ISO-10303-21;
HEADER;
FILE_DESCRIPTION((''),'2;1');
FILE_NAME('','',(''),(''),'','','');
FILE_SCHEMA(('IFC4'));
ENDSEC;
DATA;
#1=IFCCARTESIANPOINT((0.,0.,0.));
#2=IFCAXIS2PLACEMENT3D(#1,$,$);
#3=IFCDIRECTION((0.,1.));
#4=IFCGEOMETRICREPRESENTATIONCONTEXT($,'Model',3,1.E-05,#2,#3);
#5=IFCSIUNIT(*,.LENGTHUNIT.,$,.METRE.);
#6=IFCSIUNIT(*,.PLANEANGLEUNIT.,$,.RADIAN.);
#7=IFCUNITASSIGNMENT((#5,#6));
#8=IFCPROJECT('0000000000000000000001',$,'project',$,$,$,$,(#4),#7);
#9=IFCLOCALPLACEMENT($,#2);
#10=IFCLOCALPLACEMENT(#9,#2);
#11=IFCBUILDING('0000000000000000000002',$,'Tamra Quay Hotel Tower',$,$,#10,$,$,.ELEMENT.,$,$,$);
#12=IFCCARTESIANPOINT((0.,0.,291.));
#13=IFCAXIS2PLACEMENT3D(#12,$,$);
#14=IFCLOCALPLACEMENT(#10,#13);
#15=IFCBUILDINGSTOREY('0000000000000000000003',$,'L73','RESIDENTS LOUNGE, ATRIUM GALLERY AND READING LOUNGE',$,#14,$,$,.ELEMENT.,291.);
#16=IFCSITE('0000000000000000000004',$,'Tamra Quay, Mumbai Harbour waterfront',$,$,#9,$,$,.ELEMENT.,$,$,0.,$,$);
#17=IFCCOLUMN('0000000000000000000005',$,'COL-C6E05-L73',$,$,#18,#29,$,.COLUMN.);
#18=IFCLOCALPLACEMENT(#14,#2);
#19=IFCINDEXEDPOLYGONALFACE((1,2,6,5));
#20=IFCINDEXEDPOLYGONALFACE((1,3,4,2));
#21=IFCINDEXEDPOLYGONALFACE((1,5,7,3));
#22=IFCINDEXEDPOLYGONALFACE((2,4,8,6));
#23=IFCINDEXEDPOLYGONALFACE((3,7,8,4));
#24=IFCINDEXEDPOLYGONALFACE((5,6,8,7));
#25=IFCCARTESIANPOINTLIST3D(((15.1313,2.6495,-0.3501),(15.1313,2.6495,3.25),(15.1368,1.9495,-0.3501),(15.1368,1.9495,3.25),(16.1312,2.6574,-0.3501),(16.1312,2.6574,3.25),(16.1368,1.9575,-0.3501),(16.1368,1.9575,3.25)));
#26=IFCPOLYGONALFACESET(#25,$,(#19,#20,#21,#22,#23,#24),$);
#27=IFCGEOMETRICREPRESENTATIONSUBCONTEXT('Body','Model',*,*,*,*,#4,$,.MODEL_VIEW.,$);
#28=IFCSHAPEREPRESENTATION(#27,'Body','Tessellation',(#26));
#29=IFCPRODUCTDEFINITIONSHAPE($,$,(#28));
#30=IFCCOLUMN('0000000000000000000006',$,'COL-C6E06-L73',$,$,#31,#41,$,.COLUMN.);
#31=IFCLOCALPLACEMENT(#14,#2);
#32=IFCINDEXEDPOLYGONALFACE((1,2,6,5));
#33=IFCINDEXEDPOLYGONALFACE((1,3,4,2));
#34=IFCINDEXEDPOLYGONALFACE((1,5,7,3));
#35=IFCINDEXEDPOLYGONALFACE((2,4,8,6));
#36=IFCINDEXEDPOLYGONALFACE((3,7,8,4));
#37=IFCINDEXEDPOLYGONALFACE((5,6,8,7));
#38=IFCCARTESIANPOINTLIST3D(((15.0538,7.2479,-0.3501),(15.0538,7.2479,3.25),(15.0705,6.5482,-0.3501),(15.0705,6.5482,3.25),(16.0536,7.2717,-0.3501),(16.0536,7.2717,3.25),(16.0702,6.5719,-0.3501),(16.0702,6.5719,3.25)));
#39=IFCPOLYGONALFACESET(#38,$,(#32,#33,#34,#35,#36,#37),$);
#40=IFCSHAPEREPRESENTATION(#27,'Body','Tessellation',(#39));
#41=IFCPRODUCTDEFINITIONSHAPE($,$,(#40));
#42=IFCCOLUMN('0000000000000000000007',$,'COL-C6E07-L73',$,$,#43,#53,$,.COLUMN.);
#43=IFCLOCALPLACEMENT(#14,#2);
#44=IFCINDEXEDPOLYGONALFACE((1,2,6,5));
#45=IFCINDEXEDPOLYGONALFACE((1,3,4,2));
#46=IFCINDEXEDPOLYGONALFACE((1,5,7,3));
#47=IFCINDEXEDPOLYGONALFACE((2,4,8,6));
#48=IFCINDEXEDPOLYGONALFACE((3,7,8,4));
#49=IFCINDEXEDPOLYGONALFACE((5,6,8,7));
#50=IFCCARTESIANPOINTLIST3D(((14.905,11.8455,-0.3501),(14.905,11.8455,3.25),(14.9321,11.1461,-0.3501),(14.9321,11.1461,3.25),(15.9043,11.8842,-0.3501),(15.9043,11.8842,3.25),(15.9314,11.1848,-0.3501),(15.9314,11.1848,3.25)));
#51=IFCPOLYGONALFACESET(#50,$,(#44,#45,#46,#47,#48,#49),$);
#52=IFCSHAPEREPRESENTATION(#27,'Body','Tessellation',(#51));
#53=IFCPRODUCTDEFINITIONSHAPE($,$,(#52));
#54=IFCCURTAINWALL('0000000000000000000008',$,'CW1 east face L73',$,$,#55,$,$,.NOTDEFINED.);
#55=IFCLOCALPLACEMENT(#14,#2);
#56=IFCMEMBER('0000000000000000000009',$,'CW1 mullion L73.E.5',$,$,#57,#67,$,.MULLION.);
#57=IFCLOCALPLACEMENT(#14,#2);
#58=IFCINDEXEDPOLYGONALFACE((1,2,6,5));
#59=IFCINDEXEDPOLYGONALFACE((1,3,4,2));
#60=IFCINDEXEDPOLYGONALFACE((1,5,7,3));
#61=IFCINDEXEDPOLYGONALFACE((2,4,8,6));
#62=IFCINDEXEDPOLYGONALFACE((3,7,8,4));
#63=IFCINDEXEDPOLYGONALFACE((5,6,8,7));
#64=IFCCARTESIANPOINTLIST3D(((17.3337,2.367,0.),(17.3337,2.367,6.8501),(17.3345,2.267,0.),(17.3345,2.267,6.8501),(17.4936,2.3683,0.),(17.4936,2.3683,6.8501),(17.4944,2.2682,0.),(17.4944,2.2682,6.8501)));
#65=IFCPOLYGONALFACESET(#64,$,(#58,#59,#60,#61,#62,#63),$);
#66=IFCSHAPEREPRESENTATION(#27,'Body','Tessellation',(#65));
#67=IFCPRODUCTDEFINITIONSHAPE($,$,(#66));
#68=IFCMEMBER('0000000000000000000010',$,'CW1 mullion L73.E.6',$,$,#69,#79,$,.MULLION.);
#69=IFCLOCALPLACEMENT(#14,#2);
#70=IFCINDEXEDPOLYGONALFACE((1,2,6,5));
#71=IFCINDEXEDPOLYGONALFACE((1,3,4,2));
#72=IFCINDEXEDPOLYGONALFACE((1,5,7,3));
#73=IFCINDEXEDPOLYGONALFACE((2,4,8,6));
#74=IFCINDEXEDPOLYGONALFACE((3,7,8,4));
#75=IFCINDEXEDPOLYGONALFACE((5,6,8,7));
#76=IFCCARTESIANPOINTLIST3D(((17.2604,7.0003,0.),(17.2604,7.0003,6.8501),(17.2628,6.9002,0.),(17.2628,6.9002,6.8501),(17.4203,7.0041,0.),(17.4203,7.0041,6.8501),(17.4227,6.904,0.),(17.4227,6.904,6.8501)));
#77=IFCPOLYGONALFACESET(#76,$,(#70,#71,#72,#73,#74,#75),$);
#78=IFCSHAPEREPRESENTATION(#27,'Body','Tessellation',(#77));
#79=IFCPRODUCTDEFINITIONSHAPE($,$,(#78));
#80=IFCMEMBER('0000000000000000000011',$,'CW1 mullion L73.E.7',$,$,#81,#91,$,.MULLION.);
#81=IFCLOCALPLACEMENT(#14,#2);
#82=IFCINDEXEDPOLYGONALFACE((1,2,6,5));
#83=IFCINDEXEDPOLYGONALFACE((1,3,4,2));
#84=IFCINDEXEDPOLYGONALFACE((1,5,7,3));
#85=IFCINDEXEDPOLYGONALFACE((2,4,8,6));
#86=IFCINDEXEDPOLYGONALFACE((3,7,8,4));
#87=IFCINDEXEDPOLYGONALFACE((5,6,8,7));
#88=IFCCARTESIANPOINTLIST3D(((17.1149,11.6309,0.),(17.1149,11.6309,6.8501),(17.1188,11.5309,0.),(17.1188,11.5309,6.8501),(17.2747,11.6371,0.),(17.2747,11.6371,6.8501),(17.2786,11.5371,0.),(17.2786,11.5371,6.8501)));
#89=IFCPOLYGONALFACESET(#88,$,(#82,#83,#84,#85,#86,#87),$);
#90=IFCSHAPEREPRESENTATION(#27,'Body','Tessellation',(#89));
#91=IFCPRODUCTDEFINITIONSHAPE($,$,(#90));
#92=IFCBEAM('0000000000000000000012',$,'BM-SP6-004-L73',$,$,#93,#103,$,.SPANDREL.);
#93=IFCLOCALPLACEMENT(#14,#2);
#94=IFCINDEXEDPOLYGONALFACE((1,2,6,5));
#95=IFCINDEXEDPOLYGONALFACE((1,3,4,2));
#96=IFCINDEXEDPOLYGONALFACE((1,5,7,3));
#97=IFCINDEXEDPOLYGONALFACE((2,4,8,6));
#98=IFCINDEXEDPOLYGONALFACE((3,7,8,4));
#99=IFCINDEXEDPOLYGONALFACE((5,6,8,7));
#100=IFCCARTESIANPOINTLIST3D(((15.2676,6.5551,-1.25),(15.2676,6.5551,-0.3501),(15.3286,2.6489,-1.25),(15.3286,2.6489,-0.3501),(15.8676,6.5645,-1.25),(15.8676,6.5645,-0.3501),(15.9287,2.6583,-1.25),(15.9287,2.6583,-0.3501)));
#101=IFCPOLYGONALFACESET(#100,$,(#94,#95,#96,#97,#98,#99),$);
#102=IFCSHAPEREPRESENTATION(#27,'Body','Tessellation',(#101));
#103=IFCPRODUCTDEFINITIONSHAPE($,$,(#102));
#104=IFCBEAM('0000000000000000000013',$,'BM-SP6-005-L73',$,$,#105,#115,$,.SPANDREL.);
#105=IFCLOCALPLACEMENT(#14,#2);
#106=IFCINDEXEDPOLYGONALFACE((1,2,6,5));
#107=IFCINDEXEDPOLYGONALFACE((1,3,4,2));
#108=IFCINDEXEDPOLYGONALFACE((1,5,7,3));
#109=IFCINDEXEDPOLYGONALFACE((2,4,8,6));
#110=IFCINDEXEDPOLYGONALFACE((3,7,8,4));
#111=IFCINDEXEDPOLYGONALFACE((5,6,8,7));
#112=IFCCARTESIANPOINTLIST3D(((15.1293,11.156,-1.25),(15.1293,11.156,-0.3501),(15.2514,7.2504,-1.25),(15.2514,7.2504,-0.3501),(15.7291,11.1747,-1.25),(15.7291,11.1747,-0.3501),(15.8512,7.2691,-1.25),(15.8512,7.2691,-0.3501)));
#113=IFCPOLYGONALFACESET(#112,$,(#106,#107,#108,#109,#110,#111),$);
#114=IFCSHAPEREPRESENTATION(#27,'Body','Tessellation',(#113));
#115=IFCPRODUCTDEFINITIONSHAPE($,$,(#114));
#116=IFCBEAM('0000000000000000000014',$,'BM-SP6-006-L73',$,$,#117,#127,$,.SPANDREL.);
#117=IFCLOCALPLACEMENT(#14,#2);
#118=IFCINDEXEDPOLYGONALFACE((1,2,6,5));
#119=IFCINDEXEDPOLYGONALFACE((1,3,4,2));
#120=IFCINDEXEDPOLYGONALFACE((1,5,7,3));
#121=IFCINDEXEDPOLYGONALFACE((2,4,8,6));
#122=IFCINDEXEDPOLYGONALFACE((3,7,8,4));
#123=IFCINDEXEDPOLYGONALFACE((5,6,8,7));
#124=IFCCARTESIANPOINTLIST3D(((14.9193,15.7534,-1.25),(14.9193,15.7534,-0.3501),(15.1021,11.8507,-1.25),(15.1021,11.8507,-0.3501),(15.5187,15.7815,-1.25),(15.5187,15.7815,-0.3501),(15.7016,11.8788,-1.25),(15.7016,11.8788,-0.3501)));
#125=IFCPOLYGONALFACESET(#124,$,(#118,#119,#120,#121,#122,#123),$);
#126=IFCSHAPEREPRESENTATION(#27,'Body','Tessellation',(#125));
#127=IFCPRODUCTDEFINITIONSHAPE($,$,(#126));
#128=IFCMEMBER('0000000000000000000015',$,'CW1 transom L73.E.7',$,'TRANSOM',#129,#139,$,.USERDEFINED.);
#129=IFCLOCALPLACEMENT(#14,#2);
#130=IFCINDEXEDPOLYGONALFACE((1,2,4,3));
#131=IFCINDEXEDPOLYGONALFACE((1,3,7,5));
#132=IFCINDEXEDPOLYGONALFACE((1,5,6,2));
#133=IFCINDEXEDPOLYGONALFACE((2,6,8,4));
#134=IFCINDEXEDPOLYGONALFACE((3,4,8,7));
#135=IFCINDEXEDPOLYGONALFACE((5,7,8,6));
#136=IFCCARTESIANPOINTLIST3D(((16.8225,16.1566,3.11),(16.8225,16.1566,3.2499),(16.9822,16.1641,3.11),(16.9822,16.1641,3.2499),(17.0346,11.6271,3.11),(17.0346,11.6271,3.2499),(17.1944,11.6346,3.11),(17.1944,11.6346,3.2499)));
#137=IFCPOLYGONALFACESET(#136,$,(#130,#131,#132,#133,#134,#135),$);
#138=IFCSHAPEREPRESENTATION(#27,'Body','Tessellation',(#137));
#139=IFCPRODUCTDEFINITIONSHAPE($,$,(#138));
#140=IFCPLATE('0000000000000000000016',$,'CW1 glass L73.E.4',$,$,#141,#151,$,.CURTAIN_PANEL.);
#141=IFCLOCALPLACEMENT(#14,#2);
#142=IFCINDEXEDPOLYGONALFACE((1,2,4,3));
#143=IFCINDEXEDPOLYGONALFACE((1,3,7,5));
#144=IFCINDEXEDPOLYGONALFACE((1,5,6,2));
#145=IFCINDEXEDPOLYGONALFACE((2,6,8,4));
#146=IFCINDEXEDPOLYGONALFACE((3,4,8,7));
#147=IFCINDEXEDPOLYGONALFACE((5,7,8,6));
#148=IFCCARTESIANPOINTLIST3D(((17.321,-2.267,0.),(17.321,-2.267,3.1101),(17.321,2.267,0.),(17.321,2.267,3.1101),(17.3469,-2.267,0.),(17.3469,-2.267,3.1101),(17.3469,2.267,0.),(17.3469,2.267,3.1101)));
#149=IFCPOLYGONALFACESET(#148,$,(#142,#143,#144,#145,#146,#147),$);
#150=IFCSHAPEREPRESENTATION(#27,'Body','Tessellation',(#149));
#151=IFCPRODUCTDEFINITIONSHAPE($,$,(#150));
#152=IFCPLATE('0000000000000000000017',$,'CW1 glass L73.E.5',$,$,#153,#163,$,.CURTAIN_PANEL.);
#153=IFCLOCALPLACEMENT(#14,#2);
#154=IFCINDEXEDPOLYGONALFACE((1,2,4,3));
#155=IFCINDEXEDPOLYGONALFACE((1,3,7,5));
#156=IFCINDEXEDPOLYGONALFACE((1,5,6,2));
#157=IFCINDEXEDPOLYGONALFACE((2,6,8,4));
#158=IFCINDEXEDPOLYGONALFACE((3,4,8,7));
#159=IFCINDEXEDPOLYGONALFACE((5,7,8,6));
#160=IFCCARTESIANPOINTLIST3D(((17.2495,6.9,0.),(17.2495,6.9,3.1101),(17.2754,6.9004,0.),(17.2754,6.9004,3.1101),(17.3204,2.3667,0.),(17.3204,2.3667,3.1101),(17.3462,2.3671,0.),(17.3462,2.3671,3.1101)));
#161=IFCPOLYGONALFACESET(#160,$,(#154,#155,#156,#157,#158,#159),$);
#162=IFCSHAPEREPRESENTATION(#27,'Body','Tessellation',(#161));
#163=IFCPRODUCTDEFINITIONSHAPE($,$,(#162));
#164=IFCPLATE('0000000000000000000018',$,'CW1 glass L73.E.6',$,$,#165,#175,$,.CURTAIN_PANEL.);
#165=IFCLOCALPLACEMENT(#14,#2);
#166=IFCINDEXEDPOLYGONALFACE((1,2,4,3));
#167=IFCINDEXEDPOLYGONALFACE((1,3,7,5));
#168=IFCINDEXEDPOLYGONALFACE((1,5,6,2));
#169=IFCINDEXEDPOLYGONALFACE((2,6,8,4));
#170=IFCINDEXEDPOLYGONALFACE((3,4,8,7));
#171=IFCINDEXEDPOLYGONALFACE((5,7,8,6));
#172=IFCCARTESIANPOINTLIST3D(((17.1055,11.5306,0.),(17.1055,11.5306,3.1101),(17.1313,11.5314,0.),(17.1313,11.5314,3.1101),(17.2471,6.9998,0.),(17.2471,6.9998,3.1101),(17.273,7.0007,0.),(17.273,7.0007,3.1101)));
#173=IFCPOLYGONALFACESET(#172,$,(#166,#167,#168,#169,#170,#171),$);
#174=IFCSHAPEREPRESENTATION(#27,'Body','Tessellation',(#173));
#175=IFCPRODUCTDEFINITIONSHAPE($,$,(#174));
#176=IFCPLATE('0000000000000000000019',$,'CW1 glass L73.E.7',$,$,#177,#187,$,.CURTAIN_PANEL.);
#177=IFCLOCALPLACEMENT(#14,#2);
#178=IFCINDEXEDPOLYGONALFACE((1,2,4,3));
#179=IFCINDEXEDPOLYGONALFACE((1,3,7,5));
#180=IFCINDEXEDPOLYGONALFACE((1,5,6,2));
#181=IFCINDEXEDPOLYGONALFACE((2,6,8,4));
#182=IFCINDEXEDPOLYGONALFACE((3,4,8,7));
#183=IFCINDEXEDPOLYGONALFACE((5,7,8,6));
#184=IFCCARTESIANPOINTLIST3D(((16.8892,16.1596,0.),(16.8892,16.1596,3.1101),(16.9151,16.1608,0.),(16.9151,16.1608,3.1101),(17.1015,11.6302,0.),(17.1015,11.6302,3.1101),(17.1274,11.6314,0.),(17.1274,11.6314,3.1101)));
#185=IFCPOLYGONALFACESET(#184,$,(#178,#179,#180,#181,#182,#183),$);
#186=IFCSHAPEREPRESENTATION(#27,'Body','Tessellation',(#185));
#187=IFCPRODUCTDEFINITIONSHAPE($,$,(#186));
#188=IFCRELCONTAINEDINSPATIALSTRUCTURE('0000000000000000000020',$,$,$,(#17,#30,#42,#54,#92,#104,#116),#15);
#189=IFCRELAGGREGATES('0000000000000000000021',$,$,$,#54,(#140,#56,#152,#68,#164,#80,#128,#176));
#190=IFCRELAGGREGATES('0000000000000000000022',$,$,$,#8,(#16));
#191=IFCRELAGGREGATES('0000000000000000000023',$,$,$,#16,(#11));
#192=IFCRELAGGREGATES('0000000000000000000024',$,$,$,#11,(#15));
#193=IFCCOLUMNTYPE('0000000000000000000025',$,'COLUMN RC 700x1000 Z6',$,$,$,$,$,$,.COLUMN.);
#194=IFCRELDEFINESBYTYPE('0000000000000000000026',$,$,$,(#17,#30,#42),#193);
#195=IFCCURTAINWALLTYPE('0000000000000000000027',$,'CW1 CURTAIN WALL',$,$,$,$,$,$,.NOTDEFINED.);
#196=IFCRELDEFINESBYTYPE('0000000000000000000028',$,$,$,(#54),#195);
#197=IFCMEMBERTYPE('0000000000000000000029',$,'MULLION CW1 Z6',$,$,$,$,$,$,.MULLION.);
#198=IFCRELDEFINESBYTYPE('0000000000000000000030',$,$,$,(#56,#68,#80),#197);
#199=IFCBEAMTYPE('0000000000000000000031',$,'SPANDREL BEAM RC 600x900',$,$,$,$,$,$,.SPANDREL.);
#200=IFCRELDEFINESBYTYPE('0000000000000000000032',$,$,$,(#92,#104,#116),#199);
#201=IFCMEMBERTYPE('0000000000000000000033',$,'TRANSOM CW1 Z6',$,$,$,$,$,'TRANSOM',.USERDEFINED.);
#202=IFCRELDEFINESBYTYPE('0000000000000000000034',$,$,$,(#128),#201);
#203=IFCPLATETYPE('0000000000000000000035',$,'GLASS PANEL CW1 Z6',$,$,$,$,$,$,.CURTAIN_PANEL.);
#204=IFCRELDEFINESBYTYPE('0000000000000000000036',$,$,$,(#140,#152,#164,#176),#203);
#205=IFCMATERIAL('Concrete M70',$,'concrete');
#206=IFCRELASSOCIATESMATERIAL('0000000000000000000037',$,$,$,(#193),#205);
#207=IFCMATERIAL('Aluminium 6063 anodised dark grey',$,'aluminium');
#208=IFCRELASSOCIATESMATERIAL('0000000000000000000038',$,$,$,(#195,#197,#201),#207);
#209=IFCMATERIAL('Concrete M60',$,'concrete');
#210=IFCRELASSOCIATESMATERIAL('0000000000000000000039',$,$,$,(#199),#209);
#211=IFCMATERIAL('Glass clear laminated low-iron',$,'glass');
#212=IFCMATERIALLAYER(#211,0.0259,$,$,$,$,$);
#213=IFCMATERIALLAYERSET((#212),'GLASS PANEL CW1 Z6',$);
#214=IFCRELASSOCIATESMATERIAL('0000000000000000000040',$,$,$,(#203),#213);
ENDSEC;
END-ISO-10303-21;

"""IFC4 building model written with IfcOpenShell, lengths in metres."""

from ifc_helpers import new_model, si_unit, direction, frame, origin, origin_2d, place, context, subcontext, project, spatial, rectangle, extrude, material, layer, layer_set, material_profile, profile_set, type_object, element, aggregate, save


model = new_model("IFC4")

# Units and contexts
model_context = context("Model", 3, precision=1e-05, world=origin(), true_north=direction((0.0, 1.0)))
body_context = subcontext(model_context, "Body", "Model", "MODEL_VIEW")
ifc_project = project(units=[si_unit("LENGTHUNIT", "METRE"), si_unit("PLANEANGLEUNIT", "RADIAN")], contexts=[model_context])

# Site, building, storey
site_placement = place(None, origin())
site = spatial("IfcSite", under=ifc_project, at=site_placement, Name="Tamra Quay, Mumbai Harbour waterfront", CompositionType="ELEMENT", RefElevation=0.0)
building_placement = place(site_placement, origin())
building = spatial("IfcBuilding", under=site, at=building_placement, Name="Tamra Quay Hotel Tower", CompositionType="ELEMENT")
storey_placement = place(building_placement, frame((0.0, 0.0, 291.0)))
storey = spatial("IfcBuildingStorey", under=building, at=storey_placement, Name="L73", Description="RESIDENTS LOUNGE, ATRIUM GALLERY AND READING LOUNGE", CompositionType="ELEMENT", Elevation=291.0)

# Columns
ifc_material_1 = material(Name="Concrete M70", Category="concrete")
ifc_material_profile_1 = material_profile(ifc_material_1, rectangle(XDim=1.0, YDim=0.7, at=origin_2d()), Name="COLUMN RC 700x1000 Z6")
ifc_profile_set_1 = profile_set([ifc_material_profile_1], Name="Concrete M70")
column_type = type_object("IfcColumnType", Name="COLUMN RC 700x1000 Z6", PredefinedType="COLUMN", material=ifc_profile_set_1)
for number, where, z_axis, x_axis, name in (
    (1, (15.634, 2.3035, -0.3501), (0.0, 0.0, 1.0), (0.999969, 0.00792, 0.0), "COL-C6E05-L73"),
    (2, (15.562, 6.9099, -0.3501), (0.0, 0.0, 1.0), (0.999718, 0.023753, 0.0), "COL-C6E06-L73"),
    (3, (15.4182, 11.5151, -0.3501), (0.0, 0.0, 1.0), (0.999251, 0.038691, 0.0), "COL-C6E07-L73"),
):
    element("IfcColumn", number, at=place(storey_placement, frame(where, z_axis=z_axis, x_axis=x_axis)), inside=storey, type_object=column_type, Name=name, PredefinedType="COLUMN", context=body_context, shape_type="SweptSolid", body=[
        extrude(rectangle(XDim=1.0, YDim=0.7, at=origin_2d()), origin(), (0.0, 0.0, 1.0), 3.6001),
    ])

# Curtain wall, members
ifc_material_2 = material(Name="Aluminium 6063 anodised dark grey", Category="aluminium")
curtain_wall_type = type_object("IfcCurtainWallType", Name="CW1 CURTAIN WALL", PredefinedType="NOTDEFINED", material=ifc_material_2)
curtain_wall_placement = place(storey_placement, origin())
curtain_wall = element("IfcCurtainWall", 4, at=curtain_wall_placement, inside=storey, type_object=curtain_wall_type, Name="CW1 east face L73", PredefinedType="NOTDEFINED")
ifc_material_profile_2 = material_profile(ifc_material_2, rectangle(XDim=0.1599, YDim=0.1001, at=origin_2d()), Name="MULLION 100X160")
ifc_profile_set_2 = profile_set([ifc_material_profile_2], Name="Aluminium 6063 anodised dark grey")
member_type_1 = type_object("IfcMemberType", Name="MULLION CW1 Z6", PredefinedType="MULLION", material=ifc_profile_set_2)
member_1_placement = place(storey_placement, frame((17.4141, 2.3176, 0.0), z_axis=(0.0, 0.0, 1.0), x_axis=(0.999969, 0.007816, 0.0)))
member_1 = element("IfcMember", 5, at=member_1_placement, type_object=member_type_1, Name="CW1 mullion L73.E.5", PredefinedType="MULLION", context=body_context, shape_type="SweptSolid", body=[
    extrude(rectangle(XDim=0.1599, YDim=0.1001, at=origin_2d()), origin(), (0.0, 0.0, 1.0), 6.8501),
])
member_2_placement = place(storey_placement, frame((17.3416, 6.9521, 0.0), z_axis=(0.0, 0.0, 1.0), x_axis=(0.999725, 0.023438, 0.0)))
member_2 = element("IfcMember", 6, at=member_2_placement, type_object=member_type_1, Name="CW1 mullion L73.E.6", PredefinedType="MULLION", context=body_context, shape_type="SweptSolid", body=[
    extrude(rectangle(XDim=0.1599, YDim=0.1001, at=origin_2d()), origin(), (0.0, 0.0, 1.0), 6.8501),
])
member_3_placement = place(storey_placement, frame((17.1968, 11.584, 0.0), z_axis=(0.0, 0.0, 1.0), x_axis=(0.999238, 0.039033, 0.0)))
member_3 = element("IfcMember", 7, at=member_3_placement, type_object=member_type_1, Name="CW1 mullion L73.E.7", PredefinedType="MULLION", context=body_context, shape_type="SweptSolid", body=[
    extrude(rectangle(XDim=0.1599, YDim=0.1001, at=origin_2d()), origin(), (0.0, 0.0, 1.0), 6.8501),
])

# Beams
ifc_material_3 = material(Name="Concrete M60", Category="concrete")
ifc_material_profile_3 = material_profile(ifc_material_3, rectangle(XDim=0.6001, YDim=0.8999, at=origin_2d()), Name="SPANDREL BEAM RC 600x900")
ifc_profile_set_3 = profile_set([ifc_material_profile_3], Name="Concrete M60")
beam_type = type_object("IfcBeamType", Name="SPANDREL BEAM RC 600x900", PredefinedType="SPANDREL", material=ifc_profile_set_3)
beam_1_placement = place(storey_placement, frame((15.6287, 2.6536, -0.8), z_axis=(-0.015623, 0.999878, 0.0), x_axis=(-0.999878, -0.015623, 0.0)))
element("IfcBeam", 8, at=beam_1_placement, inside=storey, type_object=beam_type, Name="BM-SP6-004-L73", PredefinedType="SPANDREL", context=body_context, shape_type="SweptSolid", body=[
    extrude(rectangle(XDim=0.6001, YDim=0.8999, at=origin_2d()), origin(), (0.0, 0.0, 1.0), 3.9067),
])
beam_2_placement = place(storey_placement, frame((15.5513, 7.2598, -0.8), z_axis=(-0.031241, 0.999512, 0.0), x_axis=(-0.999512, -0.031241, 0.0)))
element("IfcBeam", 9, at=beam_2_placement, inside=storey, type_object=beam_type, Name="BM-SP6-005-L73", PredefinedType="SPANDREL", context=body_context, shape_type="SweptSolid", body=[
    extrude(rectangle(XDim=0.6001, YDim=0.8999, at=origin_2d()), origin(), (0.0, 0.0, 1.0), 3.9075),
])
beam_3_placement = place(storey_placement, frame((15.4019, 11.8647, -0.8), z_axis=(-0.046805, 0.998904, 0.0), x_axis=(-0.998904, -0.046805, 0.0)))
element("IfcBeam", 10, at=beam_3_placement, inside=storey, type_object=beam_type, Name="BM-SP6-006-L73", PredefinedType="SPANDREL", context=body_context, shape_type="SweptSolid", body=[
    extrude(rectangle(XDim=0.6001, YDim=0.8999, at=origin_2d()), origin(), (0.0, 0.0, 1.0), 3.907),
])

# Member
ifc_material_profile_4 = material_profile(ifc_material_2, rectangle(XDim=0.1599, YDim=0.1399, at=origin_2d()), Name="TRANSOM 160X140")
ifc_profile_set_4 = profile_set([ifc_material_profile_4], Name="Aluminium 6063 anodised dark grey")
member_type_2 = type_object("IfcMemberType", Name="TRANSOM CW1 Z6", ElementType="TRANSOM", PredefinedType="USERDEFINED", material=ifc_profile_set_4)
member_4_placement = place(storey_placement, frame((17.1145, 11.6309, 3.1799), z_axis=(-0.046787, 0.998905, 0.0), x_axis=(-0.998905, -0.046787, 0.0)))
member_4 = element("IfcMember", 11, at=member_4_placement, type_object=member_type_2, Name="CW1 transom L73.E.7", ObjectType="TRANSOM", PredefinedType="USERDEFINED", context=body_context, shape_type="SweptSolid", body=[
    extrude(rectangle(XDim=0.1599, YDim=0.1399, at=origin_2d()), origin(), (0.0, 0.0, 1.0), 4.5344),
])

# Plates
ifc_material_4 = material(Name="Glass clear laminated low-iron", Category="glass")
ifc_layer_1 = layer(ifc_material_4, 0.0259)
ifc_layer_set_1 = layer_set([ifc_layer_1], Name="GLASS PANEL CW1 Z6")
plate_type = type_object("IfcPlateType", Name="GLASS PANEL CW1 Z6", PredefinedType="CURTAIN_PANEL", material=ifc_layer_set_1)
plate_1_placement = place(storey_placement, frame((17.334, 0.0, 0.0), z_axis=(0.0, 0.0, 1.0), x_axis=(0.0, 1.0, 0.0)))
plate_1 = element("IfcPlate", 12, at=plate_1_placement, type_object=plate_type, Name="CW1 glass L73.E.4", PredefinedType="CURTAIN_PANEL", context=body_context, shape_type="SweptSolid", body=[
    extrude(rectangle(XDim=4.5339, YDim=0.0259, at=origin_2d()), origin(), (0.0, 0.0, 1.0), 3.1101),
])
plate_2_placement = place(storey_placement, frame((17.2979, 4.6335, 0.0), z_axis=(0.0, 0.0, 1.0), x_axis=(-0.015632, 0.999878, 0.0)))
plate_2 = element("IfcPlate", 13, at=plate_2_placement, type_object=plate_type, Name="CW1 glass L73.E.5", PredefinedType="CURTAIN_PANEL", context=body_context, shape_type="SweptSolid", body=[
    extrude(rectangle(XDim=4.5339, YDim=0.0259, at=origin_2d()), origin(), (0.0, 0.0, 1.0), 3.1101),
])
plate_3_placement = place(storey_placement, frame((17.1892, 9.2656, 0.0), z_axis=(0.0, 0.0, 1.0), x_axis=(-0.031242, 0.999512, 0.0)))
plate_3 = element("IfcPlate", 14, at=plate_3_placement, type_object=plate_type, Name="CW1 glass L73.E.6", PredefinedType="CURTAIN_PANEL", context=body_context, shape_type="SweptSolid", body=[
    extrude(rectangle(XDim=4.533, YDim=0.0259, at=origin_2d()), origin(), (0.0, 0.0, 1.0), 3.1101),
])
plate_4_placement = place(storey_placement, frame((17.0083, 13.8955, 0.0), z_axis=(0.0, 0.0, 1.0), x_axis=(-0.046821, 0.998903, 0.0)))
plate_4 = element("IfcPlate", 15, at=plate_4_placement, type_object=plate_type, Name="CW1 glass L73.E.7", PredefinedType="CURTAIN_PANEL", context=body_context, shape_type="SweptSolid", body=[
    extrude(rectangle(XDim=4.5344, YDim=0.0259, at=origin_2d()), origin(), (0.0, 0.0, 1.0), 3.1101),
])
aggregate(curtain_wall, [plate_1, member_1, plate_2, member_2, plate_3, member_3, member_4, plate_4])

save(model, "model.ifc")
